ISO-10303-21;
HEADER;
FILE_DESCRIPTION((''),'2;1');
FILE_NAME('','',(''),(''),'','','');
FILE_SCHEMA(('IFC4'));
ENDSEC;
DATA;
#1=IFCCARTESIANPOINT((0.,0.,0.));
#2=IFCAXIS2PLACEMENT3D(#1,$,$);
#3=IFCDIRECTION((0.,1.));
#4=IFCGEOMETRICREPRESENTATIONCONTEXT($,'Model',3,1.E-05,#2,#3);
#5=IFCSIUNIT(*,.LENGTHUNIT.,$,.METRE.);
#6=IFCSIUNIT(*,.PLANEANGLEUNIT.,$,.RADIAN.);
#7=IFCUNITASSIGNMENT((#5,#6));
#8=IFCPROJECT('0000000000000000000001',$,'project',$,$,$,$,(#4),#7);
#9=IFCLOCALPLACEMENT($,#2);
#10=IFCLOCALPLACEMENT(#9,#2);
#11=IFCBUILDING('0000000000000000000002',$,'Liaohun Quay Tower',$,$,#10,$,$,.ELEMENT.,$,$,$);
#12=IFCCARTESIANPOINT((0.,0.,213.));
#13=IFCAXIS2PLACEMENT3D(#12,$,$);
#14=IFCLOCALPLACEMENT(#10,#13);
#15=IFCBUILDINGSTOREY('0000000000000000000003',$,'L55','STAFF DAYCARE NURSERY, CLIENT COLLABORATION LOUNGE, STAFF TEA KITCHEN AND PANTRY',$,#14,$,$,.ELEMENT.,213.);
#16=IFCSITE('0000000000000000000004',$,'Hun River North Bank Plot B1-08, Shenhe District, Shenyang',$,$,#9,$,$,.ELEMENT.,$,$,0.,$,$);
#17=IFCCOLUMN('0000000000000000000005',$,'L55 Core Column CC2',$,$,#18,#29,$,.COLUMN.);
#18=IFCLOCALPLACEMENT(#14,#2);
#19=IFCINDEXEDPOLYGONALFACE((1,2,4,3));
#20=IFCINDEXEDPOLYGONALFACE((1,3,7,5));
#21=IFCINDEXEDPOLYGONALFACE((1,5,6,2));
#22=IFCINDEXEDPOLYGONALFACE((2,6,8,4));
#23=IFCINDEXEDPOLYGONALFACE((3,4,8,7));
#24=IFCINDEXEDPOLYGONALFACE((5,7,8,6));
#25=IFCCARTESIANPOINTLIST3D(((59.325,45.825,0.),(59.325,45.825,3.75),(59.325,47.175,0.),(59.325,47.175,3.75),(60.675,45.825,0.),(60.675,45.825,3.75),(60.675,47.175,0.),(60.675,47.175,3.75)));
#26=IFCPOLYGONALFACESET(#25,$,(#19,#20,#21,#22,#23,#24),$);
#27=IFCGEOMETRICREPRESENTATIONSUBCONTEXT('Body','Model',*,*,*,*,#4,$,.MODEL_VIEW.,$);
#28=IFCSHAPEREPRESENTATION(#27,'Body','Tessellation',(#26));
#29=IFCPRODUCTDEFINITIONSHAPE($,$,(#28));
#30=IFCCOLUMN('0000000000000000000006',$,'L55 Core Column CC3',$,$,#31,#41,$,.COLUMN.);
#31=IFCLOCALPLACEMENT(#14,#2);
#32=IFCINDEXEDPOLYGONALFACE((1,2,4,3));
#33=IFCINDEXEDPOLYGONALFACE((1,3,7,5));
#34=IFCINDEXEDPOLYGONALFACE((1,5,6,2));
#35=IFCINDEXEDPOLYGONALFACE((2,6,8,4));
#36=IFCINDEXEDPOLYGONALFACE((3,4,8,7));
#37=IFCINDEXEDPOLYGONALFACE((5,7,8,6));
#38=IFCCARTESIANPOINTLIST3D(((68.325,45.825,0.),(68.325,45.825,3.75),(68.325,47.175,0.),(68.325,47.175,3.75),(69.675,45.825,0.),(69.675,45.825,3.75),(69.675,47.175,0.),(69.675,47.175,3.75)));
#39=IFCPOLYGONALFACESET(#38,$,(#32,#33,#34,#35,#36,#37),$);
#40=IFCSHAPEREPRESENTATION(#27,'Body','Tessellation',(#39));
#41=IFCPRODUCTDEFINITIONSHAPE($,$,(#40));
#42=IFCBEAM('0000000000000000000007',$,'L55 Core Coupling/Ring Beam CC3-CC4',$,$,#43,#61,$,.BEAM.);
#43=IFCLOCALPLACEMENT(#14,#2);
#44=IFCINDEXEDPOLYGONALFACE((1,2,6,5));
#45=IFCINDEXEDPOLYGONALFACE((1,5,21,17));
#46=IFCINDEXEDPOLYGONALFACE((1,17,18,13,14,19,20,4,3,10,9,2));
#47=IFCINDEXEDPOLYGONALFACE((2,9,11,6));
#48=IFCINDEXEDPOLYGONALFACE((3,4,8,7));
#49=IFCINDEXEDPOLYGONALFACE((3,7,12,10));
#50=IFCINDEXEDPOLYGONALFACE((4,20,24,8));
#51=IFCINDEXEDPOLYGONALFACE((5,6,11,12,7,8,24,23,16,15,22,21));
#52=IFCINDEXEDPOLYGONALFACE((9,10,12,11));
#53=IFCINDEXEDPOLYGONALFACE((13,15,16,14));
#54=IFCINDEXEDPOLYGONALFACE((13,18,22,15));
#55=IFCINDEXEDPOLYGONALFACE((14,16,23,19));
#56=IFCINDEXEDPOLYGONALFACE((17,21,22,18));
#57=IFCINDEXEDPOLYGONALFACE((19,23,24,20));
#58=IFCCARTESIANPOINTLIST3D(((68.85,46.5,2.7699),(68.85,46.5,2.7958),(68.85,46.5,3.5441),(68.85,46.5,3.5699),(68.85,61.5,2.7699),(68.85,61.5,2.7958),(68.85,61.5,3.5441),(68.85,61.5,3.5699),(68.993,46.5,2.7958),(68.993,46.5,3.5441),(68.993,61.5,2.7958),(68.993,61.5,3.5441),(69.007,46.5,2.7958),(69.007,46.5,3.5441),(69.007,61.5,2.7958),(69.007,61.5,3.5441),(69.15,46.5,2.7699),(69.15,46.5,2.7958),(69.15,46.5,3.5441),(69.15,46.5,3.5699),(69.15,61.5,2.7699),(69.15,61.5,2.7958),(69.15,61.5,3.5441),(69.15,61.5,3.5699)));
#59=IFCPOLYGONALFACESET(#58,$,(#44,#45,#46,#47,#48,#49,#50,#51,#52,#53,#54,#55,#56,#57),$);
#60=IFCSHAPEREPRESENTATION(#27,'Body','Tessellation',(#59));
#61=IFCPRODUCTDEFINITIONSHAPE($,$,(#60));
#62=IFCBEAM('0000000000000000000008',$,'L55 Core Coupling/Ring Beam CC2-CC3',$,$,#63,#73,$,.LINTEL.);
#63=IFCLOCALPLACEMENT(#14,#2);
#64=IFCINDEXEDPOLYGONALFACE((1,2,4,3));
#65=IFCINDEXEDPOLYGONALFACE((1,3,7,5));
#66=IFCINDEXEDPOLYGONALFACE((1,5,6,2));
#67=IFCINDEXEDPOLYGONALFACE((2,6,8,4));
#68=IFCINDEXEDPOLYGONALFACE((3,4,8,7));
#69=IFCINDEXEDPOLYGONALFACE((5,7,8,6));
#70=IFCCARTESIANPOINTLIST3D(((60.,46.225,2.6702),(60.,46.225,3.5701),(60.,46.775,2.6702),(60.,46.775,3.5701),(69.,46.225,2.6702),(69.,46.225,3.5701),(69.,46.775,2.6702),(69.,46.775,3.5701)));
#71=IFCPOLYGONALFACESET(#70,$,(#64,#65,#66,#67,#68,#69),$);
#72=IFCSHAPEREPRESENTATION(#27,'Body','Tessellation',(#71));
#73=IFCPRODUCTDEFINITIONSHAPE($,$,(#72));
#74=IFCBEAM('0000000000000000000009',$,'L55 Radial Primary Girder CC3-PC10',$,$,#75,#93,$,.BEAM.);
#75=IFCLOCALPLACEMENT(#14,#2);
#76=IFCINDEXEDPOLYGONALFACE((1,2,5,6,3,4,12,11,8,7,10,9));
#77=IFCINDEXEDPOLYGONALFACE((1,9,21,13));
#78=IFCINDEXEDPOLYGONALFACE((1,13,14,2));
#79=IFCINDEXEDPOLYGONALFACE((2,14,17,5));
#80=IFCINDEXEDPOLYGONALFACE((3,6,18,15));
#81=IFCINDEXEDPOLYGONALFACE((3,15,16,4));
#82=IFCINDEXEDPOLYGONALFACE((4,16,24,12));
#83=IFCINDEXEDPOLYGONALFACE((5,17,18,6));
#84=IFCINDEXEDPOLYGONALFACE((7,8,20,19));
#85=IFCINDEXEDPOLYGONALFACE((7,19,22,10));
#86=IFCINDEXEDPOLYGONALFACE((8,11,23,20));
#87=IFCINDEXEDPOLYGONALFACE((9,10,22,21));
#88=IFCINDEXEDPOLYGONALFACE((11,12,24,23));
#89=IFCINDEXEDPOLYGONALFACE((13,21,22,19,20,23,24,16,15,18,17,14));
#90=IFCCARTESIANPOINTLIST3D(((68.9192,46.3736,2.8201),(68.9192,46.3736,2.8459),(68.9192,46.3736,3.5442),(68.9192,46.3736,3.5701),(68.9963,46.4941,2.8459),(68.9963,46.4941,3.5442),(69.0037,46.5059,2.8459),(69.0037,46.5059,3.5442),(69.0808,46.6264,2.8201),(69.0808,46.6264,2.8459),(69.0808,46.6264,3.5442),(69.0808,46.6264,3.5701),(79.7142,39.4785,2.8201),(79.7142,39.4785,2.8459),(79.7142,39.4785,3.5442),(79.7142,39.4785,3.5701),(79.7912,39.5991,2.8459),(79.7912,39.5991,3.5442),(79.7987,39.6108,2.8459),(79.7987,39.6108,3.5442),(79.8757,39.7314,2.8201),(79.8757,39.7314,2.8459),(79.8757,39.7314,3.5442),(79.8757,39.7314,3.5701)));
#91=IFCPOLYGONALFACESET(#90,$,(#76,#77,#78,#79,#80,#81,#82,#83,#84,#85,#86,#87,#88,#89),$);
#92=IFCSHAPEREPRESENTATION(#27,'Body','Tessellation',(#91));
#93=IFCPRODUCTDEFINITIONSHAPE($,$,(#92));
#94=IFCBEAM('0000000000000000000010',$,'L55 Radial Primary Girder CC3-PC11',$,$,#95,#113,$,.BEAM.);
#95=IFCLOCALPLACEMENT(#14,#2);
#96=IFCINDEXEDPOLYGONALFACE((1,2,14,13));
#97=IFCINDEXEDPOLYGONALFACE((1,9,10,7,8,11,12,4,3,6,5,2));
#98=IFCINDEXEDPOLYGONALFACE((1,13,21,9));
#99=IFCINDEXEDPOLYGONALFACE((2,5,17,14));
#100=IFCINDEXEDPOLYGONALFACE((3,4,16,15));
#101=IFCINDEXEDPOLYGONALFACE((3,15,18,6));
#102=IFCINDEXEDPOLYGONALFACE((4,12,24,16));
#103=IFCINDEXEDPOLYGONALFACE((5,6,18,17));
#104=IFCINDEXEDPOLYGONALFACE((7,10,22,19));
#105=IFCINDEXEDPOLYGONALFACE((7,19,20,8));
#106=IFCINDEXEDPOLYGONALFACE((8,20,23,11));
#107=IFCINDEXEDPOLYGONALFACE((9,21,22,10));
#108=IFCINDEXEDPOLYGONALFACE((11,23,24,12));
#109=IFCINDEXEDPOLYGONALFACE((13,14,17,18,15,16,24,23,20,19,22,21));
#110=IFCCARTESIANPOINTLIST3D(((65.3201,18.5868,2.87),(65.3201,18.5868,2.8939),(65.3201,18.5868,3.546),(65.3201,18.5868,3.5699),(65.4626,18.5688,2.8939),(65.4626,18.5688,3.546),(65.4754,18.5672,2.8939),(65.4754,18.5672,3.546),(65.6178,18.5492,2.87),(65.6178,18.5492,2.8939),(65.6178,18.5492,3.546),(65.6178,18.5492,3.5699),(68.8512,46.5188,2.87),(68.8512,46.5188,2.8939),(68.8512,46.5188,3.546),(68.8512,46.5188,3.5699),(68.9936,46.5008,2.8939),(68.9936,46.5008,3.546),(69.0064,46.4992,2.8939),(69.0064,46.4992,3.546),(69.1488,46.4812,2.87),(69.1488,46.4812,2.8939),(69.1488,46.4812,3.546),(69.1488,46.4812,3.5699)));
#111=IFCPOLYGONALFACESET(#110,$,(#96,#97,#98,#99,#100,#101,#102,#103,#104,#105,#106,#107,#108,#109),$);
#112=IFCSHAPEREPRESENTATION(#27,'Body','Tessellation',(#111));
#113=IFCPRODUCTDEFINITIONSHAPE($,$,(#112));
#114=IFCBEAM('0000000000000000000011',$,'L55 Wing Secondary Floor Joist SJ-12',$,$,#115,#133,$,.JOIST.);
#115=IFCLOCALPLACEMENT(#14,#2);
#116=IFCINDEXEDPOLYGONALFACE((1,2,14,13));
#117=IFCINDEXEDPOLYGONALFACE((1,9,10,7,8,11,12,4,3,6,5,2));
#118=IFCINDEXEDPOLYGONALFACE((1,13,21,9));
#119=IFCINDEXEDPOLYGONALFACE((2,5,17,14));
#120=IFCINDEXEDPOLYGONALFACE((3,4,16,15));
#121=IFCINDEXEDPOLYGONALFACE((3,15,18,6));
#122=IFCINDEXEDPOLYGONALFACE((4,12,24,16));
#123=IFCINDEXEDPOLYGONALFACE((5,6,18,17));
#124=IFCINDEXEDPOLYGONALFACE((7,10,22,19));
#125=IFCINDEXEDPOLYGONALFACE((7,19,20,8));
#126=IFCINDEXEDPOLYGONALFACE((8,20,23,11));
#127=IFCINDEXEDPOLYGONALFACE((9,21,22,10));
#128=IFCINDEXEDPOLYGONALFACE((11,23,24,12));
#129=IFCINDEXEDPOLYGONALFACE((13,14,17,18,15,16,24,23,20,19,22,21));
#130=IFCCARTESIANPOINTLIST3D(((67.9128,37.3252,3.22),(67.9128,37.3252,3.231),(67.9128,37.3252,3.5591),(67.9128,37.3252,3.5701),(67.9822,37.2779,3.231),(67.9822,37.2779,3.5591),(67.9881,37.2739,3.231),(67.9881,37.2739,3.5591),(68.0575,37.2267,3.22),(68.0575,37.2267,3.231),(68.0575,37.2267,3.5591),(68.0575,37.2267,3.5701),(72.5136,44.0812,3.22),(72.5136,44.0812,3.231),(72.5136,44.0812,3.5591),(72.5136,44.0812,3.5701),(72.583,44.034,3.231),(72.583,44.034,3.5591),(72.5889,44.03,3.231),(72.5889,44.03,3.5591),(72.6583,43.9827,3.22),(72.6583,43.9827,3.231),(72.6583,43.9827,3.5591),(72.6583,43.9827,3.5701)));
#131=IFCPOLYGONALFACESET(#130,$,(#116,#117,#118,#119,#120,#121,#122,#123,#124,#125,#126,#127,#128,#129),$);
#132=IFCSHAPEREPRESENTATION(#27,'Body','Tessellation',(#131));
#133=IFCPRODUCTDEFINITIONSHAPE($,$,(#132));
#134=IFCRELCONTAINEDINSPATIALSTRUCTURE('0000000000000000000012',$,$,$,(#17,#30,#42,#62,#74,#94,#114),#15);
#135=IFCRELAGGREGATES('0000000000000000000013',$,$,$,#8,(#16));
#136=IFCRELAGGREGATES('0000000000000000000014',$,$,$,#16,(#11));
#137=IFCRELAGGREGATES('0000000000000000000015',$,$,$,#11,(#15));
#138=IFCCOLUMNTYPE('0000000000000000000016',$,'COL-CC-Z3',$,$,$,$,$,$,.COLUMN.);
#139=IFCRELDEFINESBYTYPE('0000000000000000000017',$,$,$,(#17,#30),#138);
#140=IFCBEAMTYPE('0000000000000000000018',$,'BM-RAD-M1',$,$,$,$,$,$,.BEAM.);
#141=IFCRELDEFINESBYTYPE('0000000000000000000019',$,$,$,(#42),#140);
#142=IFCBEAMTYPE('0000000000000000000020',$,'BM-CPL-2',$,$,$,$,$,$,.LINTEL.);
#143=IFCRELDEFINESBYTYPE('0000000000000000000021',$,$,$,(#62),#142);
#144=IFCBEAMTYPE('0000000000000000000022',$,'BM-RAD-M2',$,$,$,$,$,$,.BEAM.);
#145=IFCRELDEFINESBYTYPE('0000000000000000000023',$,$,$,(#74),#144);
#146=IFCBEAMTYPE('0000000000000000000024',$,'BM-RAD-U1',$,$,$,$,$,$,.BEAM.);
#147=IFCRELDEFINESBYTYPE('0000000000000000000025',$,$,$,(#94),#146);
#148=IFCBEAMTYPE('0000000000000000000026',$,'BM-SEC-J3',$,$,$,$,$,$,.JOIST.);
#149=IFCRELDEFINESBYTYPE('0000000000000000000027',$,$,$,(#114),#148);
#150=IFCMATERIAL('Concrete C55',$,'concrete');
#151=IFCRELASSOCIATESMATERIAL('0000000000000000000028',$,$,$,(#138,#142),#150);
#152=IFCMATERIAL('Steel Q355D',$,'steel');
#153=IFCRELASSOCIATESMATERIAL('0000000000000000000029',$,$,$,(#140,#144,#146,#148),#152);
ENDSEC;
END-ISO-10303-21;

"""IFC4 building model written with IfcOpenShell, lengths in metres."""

from ifc_helpers import new_model, si_unit, direction, frame, origin, origin_2d, place, context, subcontext, project, spatial, rectangle, i_section, extrude, source, transform, mapped, material, material_profile, profile_set, type_object, element, save


model = new_model("IFC4")

# Units and contexts
model_context = context("Model", 3, precision=1e-05, world=origin(), true_north=direction((0.0, 1.0)))
body_context = subcontext(model_context, "Body", "Model", "MODEL_VIEW")
ifc_project = project(units=[si_unit("LENGTHUNIT", "METRE"), si_unit("PLANEANGLEUNIT", "RADIAN")], contexts=[model_context])

# Site, building, storey
site_placement = place(None, origin())
site = spatial("IfcSite", under=ifc_project, at=site_placement, Name="Hun River North Bank Plot B1-08, Shenhe District, Shenyang", CompositionType="ELEMENT", RefElevation=0.0)
building_placement = place(site_placement, origin())
building = spatial("IfcBuilding", under=site, at=building_placement, Name="Liaohun Quay Tower", CompositionType="ELEMENT")
storey_placement = place(building_placement, frame((0.0, 0.0, 213.0)))
storey = spatial("IfcBuildingStorey", under=building, at=storey_placement, Name="L55", Description="STAFF DAYCARE NURSERY, CLIENT COLLABORATION LOUNGE, STAFF TEA KITCHEN AND PANTRY", CompositionType="ELEMENT", Elevation=213.0)

# Columns
ifc_material_1 = material(Name="Concrete C55", Category="concrete")
ifc_material_profile_1 = material_profile(ifc_material_1, rectangle(XDim=1.3501, YDim=1.3501, at=origin_2d()), Name="RC1350x1350")
ifc_profile_set_1 = profile_set([ifc_material_profile_1], Name="Concrete C55")
column_type = type_object("IfcColumnType", Name="COL-CC-Z3", PredefinedType="COLUMN", material=ifc_profile_set_1)
shared_shape_1 = source(origin(), body_context, "Body", "SweptSolid", [
    extrude(rectangle(XDim=1.3501, YDim=1.3501, at=origin_2d()), origin(), (0.0, 0.0, 1.0), 3.75),
])
for number, where, z_axis, x_axis, name in (
    (1, (60.0, 46.5, 0.0), (0.0, 0.0, 1.0), (1.0, 0.0, 0.0), "L55 Core Column CC2"),
    (2, (69.0, 46.5, 0.0), (0.0, 0.0, 1.0), (1.0, 0.0, 0.0), "L55 Core Column CC3"),
):
    element("IfcColumn", number, at=place(storey_placement, frame(where, z_axis=z_axis, x_axis=x_axis)), inside=storey, type_object=column_type, Name=name, PredefinedType="COLUMN", context=body_context, shape_type="MappedRepresentation", body=[
        mapped(shared_shape_1, transform((0.0, 0.0, 0.0), x_axis=(1.0, 0.0, 0.0), y_axis=(0.0, 1.0, 0.0), z_axis=(0.0, 0.0, 1.0), scale=1.0)),
    ])

# Beams
ifc_material_2 = material(Name="Steel Q355D", Category="steel")
ifc_material_profile_2 = material_profile(ifc_material_2, i_section(OverallWidth=0.3, OverallDepth=0.8, WebThickness=0.0139, FlangeThickness=0.0259, at=origin_2d()), Name="HN800x300x14x26")
ifc_profile_set_2 = profile_set([ifc_material_profile_2], Name="Steel Q355D")
beam_type_1 = type_object("IfcBeamType", Name="BM-RAD-M1", PredefinedType="BEAM", material=ifc_profile_set_2)
shared_shape_2 = source(origin(), body_context, "Body", "SweptSolid", [
    extrude(i_section(OverallWidth=0.3, OverallDepth=0.8, WebThickness=0.0139, FlangeThickness=0.0259, at=origin_2d()), origin(), (0.0, 0.0, 1.0), 15.0),
])
beam_1_placement = place(storey_placement, frame((69.0, 46.5, 3.1699), z_axis=(0.0, 1.0, 0.0), x_axis=(-1.0, 0.0, 0.0)))
element("IfcBeam", 3, at=beam_1_placement, inside=storey, type_object=beam_type_1, Name="L55 Core Coupling/Ring Beam CC3-CC4", PredefinedType="BEAM", context=body_context, shape_type="MappedRepresentation", body=[
    mapped(shared_shape_2, transform((0.0, 0.0, 0.0), x_axis=(1.0, 0.0, 0.0), y_axis=(0.0, 1.0, 0.0), z_axis=(0.0, 0.0, 1.0), scale=1.0)),
])
ifc_material_profile_3 = material_profile(ifc_material_1, rectangle(XDim=0.55, YDim=0.8999, at=origin_2d()), Name="RC550x900")
ifc_profile_set_3 = profile_set([ifc_material_profile_3], Name="Concrete C55")
beam_type_2 = type_object("IfcBeamType", Name="BM-CPL-2", PredefinedType="LINTEL", material=ifc_profile_set_3)
shared_shape_3 = source(origin(), body_context, "Body", "SweptSolid", [
    extrude(rectangle(XDim=0.55, YDim=0.8999, at=origin_2d()), origin(), (0.0, 0.0, 1.0), 9.0),
])
beam_2_placement = place(storey_placement, frame((60.0, 46.5, 3.1201), z_axis=(1.0, 0.0, 0.0), x_axis=(0.0, 1.0, 0.0)))
element("IfcBeam", 4, at=beam_2_placement, inside=storey, type_object=beam_type_2, Name="L55 Core Coupling/Ring Beam CC2-CC3", PredefinedType="LINTEL", context=body_context, shape_type="MappedRepresentation", body=[
    mapped(shared_shape_3, transform((0.0, 0.0, 0.0), x_axis=(1.0, 0.0, 0.0), y_axis=(0.0, 1.0, 0.0), z_axis=(0.0, 0.0, 1.0), scale=1.0)),
])
ifc_material_profile_4 = material_profile(ifc_material_2, i_section(OverallWidth=0.3, OverallDepth=0.75, WebThickness=0.0139, FlangeThickness=0.0259, at=origin_2d()), Name="HN750x300x14x26")
ifc_profile_set_4 = profile_set([ifc_material_profile_4], Name="Steel Q355D")
beam_type_3 = type_object("IfcBeamType", Name="BM-RAD-M2", PredefinedType="BEAM", material=ifc_profile_set_4)
shared_shape_4 = source(origin(), body_context, "Body", "SweptSolid", [
    extrude(i_section(OverallWidth=0.3, OverallDepth=0.75, WebThickness=0.0139, FlangeThickness=0.0259, at=origin_2d()), origin(), (0.0, 0.0, 1.0), 12.8091),
])
beam_3_placement = place(storey_placement, frame((69.0, 46.5, 3.1951), z_axis=(0.842758, -0.538293, 0.0), x_axis=(0.538293, 0.842758, 0.0)))
element("IfcBeam", 5, at=beam_3_placement, inside=storey, type_object=beam_type_3, Name="L55 Radial Primary Girder CC3-PC10", PredefinedType="BEAM", context=body_context, shape_type="MappedRepresentation", body=[
    mapped(shared_shape_4, transform((0.0, 0.0, 0.0), x_axis=(1.0, 0.0, 0.0), y_axis=(0.0, 1.0, 0.0), z_axis=(0.0, 0.0, 1.0), scale=1.0)),
])
ifc_material_profile_5 = material_profile(ifc_material_2, i_section(OverallWidth=0.3, OverallDepth=0.7, WebThickness=0.0129, FlangeThickness=0.0239, at=origin_2d()), Name="HN700x300x13x24")
ifc_profile_set_5 = profile_set([ifc_material_profile_5], Name="Steel Q355D")
beam_type_4 = type_object("IfcBeamType", Name="BM-RAD-U1", PredefinedType="BEAM", material=ifc_profile_set_5)
shared_shape_5 = source(origin(), body_context, "Body", "SweptSolid", [
    extrude(i_section(OverallWidth=0.3, OverallDepth=0.7, WebThickness=0.0129, FlangeThickness=0.0239, at=origin_2d()), origin(), (0.0, 0.0, 1.0), 28.1543),
])
beam_4_placement = place(storey_placement, frame((69.0, 46.5, 3.22), z_axis=(-0.125417, -0.992104, 0.0), x_axis=(0.992104, -0.125417, 0.0)))
element("IfcBeam", 6, at=beam_4_placement, inside=storey, type_object=beam_type_4, Name="L55 Radial Primary Girder CC3-PC11", PredefinedType="BEAM", context=body_context, shape_type="MappedRepresentation", body=[
    mapped(shared_shape_5, transform((0.0, 0.0, 0.0), x_axis=(1.0, 0.0, 0.0), y_axis=(0.0, 1.0, 0.0), z_axis=(0.0, 0.0, 1.0), scale=1.0)),
])
ifc_material_profile_6 = material_profile(ifc_material_2, i_section(OverallWidth=0.175, OverallDepth=0.3501, WebThickness=0.0071, FlangeThickness=0.011, at=origin_2d()), Name="HN350x175x7x11")
ifc_profile_set_6 = profile_set([ifc_material_profile_6], Name="Steel Q355D")
beam_type_5 = type_object("IfcBeamType", Name="BM-SEC-J3", PredefinedType="JOIST", material=ifc_profile_set_6)
shared_shape_6 = source(origin(), body_context, "Body", "SweptSolid", [
    extrude(i_section(OverallWidth=0.175, OverallDepth=0.3501, WebThickness=0.0071, FlangeThickness=0.011, at=origin_2d()), origin(), (0.0, 0.0, 1.0), 8.1738),
])
beam_5_placement = place(storey_placement, frame((72.5859, 44.032, 3.395), z_axis=(-0.562869, -0.826546, 0.0), x_axis=(0.826546, -0.562869, 0.0)))
element("IfcBeam", 7, at=beam_5_placement, inside=storey, type_object=beam_type_5, Name="L55 Wing Secondary Floor Joist SJ-12", PredefinedType="JOIST", context=body_context, shape_type="MappedRepresentation", body=[
    mapped(shared_shape_6, transform((0.0, 0.0, 0.0), x_axis=(1.0, 0.0, 0.0), y_axis=(0.0, 1.0, 0.0), z_axis=(0.0, 0.0, 1.0), scale=1.0)),
])

save(model, "model.ifc")
